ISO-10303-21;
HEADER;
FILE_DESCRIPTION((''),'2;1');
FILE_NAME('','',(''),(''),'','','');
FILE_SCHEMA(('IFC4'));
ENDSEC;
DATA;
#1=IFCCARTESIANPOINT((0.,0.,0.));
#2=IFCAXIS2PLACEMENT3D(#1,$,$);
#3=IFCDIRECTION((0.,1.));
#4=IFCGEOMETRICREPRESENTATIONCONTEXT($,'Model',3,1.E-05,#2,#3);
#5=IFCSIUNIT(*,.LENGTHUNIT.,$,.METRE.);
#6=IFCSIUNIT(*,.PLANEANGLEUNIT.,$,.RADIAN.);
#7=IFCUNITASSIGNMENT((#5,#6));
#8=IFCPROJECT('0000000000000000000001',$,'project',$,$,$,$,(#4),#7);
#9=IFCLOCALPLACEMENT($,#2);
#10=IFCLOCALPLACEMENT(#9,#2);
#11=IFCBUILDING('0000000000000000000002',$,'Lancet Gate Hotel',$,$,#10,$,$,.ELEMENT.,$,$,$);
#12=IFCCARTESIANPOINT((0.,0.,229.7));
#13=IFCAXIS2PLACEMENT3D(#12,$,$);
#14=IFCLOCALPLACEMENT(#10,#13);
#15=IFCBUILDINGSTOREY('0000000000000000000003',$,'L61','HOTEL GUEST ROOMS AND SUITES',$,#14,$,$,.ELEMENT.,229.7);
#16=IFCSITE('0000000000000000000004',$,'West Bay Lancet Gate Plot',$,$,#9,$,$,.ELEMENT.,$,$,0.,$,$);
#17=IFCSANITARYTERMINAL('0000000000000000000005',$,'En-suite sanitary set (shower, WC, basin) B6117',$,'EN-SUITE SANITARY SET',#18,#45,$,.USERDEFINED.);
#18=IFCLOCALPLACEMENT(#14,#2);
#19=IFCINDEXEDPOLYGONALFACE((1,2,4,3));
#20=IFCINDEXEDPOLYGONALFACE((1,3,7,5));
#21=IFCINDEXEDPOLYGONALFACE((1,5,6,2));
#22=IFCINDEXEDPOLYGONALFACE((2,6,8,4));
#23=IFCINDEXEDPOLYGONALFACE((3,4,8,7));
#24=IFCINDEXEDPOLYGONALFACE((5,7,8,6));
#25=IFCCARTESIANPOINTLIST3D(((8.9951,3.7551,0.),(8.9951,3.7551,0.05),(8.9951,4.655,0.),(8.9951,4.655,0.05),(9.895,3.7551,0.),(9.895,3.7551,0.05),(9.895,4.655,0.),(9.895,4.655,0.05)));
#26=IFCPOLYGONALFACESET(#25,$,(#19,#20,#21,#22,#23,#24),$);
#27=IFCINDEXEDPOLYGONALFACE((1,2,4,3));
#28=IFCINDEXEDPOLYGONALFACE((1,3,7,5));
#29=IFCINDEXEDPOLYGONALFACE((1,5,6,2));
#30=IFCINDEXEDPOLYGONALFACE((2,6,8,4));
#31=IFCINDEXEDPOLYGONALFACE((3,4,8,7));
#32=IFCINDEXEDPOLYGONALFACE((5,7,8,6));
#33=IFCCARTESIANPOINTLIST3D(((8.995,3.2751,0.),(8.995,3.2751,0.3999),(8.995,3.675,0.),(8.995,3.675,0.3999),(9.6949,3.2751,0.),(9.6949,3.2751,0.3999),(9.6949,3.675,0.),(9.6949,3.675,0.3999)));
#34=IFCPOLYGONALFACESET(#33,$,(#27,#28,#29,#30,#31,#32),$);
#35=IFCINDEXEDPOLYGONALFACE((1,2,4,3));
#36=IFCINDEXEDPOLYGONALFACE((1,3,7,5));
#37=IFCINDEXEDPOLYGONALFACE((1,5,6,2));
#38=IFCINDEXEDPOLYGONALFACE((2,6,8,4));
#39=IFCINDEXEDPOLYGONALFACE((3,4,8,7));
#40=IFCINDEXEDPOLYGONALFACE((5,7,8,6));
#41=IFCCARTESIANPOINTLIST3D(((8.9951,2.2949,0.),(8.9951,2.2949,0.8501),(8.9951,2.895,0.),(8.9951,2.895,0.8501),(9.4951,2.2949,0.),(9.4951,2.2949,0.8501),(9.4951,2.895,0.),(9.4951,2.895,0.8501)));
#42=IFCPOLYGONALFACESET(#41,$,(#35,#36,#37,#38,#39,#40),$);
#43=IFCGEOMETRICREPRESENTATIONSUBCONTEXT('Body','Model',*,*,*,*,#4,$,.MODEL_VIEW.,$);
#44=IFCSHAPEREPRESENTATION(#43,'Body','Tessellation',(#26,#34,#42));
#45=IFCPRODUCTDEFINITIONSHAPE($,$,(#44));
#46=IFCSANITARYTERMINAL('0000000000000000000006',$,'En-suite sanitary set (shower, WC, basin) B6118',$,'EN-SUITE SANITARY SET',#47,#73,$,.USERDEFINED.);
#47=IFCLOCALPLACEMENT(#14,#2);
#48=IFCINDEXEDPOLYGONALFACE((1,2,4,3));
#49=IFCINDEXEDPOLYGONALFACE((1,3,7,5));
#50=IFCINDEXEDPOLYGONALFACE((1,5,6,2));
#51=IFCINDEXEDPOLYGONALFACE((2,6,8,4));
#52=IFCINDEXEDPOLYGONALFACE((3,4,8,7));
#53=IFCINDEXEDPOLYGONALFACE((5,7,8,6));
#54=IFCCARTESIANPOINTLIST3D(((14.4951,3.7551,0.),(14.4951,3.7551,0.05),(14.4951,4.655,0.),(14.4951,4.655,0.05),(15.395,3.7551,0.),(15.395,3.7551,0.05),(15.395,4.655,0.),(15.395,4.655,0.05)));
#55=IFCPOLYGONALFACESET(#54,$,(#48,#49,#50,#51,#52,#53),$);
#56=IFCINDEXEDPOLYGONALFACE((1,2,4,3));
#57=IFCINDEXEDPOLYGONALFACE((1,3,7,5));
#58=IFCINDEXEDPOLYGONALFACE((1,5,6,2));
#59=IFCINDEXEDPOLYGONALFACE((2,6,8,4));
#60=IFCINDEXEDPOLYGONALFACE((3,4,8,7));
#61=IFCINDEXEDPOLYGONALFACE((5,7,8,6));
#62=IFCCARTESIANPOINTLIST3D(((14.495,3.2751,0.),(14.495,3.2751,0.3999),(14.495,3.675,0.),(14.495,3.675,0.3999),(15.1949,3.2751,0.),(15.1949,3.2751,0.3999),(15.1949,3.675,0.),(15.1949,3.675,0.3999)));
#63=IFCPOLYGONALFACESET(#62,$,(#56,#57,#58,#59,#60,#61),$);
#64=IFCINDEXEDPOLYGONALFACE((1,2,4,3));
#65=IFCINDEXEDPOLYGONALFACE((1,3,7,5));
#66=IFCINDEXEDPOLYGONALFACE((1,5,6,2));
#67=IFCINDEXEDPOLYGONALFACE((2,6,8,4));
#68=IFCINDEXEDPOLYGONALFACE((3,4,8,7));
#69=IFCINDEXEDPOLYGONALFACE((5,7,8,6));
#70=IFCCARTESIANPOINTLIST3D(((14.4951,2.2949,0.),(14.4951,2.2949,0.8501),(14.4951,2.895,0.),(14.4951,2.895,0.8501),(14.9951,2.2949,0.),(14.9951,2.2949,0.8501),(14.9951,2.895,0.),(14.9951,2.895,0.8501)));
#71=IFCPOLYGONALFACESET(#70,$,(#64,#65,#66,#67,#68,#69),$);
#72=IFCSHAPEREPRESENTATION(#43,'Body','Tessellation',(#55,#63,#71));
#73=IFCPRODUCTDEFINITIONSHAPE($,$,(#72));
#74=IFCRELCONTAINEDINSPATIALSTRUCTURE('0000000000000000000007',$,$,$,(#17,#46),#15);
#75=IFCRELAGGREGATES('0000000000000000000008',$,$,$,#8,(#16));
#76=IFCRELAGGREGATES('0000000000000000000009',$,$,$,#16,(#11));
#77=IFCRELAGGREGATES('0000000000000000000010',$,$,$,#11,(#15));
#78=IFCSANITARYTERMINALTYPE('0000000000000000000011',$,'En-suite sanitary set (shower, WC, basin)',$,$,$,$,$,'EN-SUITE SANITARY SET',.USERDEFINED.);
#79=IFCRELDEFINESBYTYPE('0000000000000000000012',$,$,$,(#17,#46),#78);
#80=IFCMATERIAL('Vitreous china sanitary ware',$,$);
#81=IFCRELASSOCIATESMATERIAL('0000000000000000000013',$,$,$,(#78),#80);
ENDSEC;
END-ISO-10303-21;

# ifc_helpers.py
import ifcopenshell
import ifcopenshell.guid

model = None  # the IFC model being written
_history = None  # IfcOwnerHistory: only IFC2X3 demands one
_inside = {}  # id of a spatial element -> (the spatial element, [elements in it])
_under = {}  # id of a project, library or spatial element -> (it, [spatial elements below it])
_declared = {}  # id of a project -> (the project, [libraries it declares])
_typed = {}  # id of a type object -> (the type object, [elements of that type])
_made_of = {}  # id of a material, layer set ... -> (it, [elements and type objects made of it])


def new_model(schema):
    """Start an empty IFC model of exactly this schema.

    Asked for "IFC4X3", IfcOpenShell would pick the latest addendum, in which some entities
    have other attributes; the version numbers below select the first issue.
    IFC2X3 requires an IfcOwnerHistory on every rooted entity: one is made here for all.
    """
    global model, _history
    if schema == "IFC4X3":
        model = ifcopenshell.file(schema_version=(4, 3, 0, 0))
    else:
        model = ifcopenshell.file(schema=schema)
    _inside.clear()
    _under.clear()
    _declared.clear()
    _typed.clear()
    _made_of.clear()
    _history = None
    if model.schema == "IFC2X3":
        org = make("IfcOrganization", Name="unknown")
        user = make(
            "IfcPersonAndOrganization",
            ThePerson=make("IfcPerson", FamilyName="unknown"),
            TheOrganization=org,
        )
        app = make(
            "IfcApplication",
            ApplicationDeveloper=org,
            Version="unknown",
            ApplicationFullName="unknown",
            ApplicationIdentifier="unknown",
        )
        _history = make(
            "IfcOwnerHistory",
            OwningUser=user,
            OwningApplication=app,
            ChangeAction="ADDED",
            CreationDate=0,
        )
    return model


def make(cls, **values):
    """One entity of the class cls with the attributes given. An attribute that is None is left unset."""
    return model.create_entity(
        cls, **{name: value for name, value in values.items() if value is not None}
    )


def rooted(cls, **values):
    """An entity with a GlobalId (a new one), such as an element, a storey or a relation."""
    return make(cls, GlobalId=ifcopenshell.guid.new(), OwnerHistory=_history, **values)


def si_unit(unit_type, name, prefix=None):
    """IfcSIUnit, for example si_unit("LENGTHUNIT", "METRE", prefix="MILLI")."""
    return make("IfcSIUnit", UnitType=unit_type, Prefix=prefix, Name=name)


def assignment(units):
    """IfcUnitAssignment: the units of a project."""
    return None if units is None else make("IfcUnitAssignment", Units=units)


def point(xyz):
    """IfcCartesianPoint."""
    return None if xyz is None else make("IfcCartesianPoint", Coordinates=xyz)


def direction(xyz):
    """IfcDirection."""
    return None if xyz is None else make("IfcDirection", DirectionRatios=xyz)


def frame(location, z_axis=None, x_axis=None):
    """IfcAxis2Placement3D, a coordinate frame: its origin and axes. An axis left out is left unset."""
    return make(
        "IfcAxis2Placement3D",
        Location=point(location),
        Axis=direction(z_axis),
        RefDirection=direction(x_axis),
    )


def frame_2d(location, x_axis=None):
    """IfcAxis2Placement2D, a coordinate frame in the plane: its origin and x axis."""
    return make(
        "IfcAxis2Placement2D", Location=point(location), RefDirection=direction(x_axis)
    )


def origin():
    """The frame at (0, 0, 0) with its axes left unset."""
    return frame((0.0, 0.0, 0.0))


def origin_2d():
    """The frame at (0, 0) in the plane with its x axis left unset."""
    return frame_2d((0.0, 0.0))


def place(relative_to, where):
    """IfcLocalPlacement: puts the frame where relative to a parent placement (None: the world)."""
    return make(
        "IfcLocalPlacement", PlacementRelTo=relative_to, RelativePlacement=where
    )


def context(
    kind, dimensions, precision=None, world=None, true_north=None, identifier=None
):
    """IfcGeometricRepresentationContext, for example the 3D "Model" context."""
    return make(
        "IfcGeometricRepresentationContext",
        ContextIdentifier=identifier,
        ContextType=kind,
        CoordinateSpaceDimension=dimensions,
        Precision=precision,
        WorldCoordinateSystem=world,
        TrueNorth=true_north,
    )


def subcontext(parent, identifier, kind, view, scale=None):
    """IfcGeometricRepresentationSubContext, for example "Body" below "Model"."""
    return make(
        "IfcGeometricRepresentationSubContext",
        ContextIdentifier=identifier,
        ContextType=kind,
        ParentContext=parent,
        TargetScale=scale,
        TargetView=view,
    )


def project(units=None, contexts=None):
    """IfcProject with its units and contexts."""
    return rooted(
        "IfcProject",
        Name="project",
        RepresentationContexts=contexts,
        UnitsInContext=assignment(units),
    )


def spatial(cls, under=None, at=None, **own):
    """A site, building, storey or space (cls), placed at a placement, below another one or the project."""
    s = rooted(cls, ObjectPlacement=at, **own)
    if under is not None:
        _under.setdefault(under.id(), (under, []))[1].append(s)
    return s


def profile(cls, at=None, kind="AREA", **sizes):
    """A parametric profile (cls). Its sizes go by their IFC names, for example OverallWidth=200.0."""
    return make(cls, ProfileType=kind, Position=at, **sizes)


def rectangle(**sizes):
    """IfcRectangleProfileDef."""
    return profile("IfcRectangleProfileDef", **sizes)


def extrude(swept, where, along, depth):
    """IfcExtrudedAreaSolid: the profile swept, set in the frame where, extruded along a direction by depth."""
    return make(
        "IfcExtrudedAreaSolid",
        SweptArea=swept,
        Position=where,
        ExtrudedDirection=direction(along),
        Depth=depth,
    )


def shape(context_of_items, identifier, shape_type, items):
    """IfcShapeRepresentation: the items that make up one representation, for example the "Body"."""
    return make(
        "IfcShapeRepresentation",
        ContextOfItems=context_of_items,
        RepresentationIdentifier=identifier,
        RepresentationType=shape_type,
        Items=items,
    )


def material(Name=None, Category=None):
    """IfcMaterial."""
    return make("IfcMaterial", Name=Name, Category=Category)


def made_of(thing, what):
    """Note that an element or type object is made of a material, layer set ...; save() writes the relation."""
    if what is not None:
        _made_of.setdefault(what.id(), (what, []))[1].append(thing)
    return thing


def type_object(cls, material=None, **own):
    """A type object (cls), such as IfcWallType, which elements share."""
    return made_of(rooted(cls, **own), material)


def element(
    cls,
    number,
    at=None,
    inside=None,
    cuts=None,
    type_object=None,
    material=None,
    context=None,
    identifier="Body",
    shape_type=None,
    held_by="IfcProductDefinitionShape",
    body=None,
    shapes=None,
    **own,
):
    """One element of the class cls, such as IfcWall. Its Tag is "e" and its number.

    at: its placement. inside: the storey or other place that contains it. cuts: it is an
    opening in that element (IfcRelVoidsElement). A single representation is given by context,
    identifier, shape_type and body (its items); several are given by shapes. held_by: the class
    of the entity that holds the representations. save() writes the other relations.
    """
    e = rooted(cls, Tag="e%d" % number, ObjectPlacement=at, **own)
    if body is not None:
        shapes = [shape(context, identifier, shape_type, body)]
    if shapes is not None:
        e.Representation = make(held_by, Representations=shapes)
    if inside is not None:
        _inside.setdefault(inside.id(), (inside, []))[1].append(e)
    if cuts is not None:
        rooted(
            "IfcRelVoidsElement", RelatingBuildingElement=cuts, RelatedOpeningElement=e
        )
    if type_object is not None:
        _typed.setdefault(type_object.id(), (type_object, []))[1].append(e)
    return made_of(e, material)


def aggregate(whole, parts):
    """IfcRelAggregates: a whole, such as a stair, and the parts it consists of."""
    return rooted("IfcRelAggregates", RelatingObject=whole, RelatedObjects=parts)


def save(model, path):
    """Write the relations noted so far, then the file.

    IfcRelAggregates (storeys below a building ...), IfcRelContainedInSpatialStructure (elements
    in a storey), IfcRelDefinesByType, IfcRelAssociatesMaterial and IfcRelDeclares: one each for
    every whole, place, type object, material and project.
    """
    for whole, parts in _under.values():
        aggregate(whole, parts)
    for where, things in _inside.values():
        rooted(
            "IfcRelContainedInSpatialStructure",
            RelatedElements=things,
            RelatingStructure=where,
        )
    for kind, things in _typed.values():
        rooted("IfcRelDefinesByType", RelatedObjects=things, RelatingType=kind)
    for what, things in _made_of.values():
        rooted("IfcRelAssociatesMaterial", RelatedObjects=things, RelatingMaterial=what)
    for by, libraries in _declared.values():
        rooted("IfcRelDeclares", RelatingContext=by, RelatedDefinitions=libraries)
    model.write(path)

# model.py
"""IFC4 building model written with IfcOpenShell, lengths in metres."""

from ifc_helpers import new_model, si_unit, direction, frame, origin, origin_2d, place, context, subcontext, project, spatial, rectangle, extrude, material, type_object, element, save


model = new_model("IFC4")

# Units and contexts
model_context = context("Model", 3, precision=1e-05, world=origin(), true_north=direction((0.0, 1.0)))
body_context = subcontext(model_context, "Body", "Model", "MODEL_VIEW")
ifc_project = project(units=[si_unit("LENGTHUNIT", "METRE"), si_unit("PLANEANGLEUNIT", "RADIAN")], contexts=[model_context])

# Site, building, storey
site_placement = place(None, origin())
site = spatial("IfcSite", under=ifc_project, at=site_placement, Name="West Bay Lancet Gate Plot", CompositionType="ELEMENT", RefElevation=0.0)
building_placement = place(site_placement, origin())
building = spatial("IfcBuilding", under=site, at=building_placement, Name="Lancet Gate Hotel", CompositionType="ELEMENT")
storey_placement = place(building_placement, frame((0.0, 0.0, 229.7)))
storey = spatial("IfcBuildingStorey", under=building, at=storey_placement, Name="L61", Description="HOTEL GUEST ROOMS AND SUITES", CompositionType="ELEMENT", Elevation=229.7)

# Sanitary terminals
ifc_material_1 = material(Name="Vitreous china sanitary ware")
sanitary_terminal_type = type_object("IfcSanitaryTerminalType", Name="En-suite sanitary set (shower, WC, basin)", ElementType="EN-SUITE SANITARY SET", PredefinedType="USERDEFINED", material=ifc_material_1)
for number, where, z_axis, x_axis, name in (
    (1, (9.4451, 4.2051, 0.0), (0.0, 0.0, 1.0), (1.0, 0.0, 0.0), "En-suite sanitary set (shower, WC, basin) B6117"),
    (2, (14.9451, 4.2051, 0.0), (0.0, 0.0, 1.0), (1.0, 0.0, 0.0), "En-suite sanitary set (shower, WC, basin) B6118"),
):
    element("IfcSanitaryTerminal", number, at=place(storey_placement, frame(where, z_axis=z_axis, x_axis=x_axis)), inside=storey, type_object=sanitary_terminal_type, Name=name, ObjectType="EN-SUITE SANITARY SET", PredefinedType="USERDEFINED", context=body_context, shape_type="SweptSolid", body=[
        extrude(rectangle(XDim=0.8999, YDim=0.8999, at=origin_2d()), frame((0.0, 0.0, 0.0), z_axis=(0.0, 0.0, 1.0), x_axis=(0.0, 1.0, 0.0)), (0.0, 0.0, 1.0), 0.05),
        extrude(rectangle(XDim=0.3999, YDim=0.7, at=origin_2d()), frame((-0.1001, -0.73, 0.0), z_axis=(0.0, 0.0, 1.0), x_axis=(0.0, 1.0, 0.0)), (0.0, 0.0, 1.0), 0.3999),
        extrude(rectangle(XDim=0.6001, YDim=0.5, at=origin_2d()), frame((-0.2, -1.6101, 0.0), z_axis=(0.0, 0.0, 1.0), x_axis=(0.0, 1.0, 0.0)), (0.0, 0.0, 1.0), 0.8501),
    ])

save(model, "model.ifc")
